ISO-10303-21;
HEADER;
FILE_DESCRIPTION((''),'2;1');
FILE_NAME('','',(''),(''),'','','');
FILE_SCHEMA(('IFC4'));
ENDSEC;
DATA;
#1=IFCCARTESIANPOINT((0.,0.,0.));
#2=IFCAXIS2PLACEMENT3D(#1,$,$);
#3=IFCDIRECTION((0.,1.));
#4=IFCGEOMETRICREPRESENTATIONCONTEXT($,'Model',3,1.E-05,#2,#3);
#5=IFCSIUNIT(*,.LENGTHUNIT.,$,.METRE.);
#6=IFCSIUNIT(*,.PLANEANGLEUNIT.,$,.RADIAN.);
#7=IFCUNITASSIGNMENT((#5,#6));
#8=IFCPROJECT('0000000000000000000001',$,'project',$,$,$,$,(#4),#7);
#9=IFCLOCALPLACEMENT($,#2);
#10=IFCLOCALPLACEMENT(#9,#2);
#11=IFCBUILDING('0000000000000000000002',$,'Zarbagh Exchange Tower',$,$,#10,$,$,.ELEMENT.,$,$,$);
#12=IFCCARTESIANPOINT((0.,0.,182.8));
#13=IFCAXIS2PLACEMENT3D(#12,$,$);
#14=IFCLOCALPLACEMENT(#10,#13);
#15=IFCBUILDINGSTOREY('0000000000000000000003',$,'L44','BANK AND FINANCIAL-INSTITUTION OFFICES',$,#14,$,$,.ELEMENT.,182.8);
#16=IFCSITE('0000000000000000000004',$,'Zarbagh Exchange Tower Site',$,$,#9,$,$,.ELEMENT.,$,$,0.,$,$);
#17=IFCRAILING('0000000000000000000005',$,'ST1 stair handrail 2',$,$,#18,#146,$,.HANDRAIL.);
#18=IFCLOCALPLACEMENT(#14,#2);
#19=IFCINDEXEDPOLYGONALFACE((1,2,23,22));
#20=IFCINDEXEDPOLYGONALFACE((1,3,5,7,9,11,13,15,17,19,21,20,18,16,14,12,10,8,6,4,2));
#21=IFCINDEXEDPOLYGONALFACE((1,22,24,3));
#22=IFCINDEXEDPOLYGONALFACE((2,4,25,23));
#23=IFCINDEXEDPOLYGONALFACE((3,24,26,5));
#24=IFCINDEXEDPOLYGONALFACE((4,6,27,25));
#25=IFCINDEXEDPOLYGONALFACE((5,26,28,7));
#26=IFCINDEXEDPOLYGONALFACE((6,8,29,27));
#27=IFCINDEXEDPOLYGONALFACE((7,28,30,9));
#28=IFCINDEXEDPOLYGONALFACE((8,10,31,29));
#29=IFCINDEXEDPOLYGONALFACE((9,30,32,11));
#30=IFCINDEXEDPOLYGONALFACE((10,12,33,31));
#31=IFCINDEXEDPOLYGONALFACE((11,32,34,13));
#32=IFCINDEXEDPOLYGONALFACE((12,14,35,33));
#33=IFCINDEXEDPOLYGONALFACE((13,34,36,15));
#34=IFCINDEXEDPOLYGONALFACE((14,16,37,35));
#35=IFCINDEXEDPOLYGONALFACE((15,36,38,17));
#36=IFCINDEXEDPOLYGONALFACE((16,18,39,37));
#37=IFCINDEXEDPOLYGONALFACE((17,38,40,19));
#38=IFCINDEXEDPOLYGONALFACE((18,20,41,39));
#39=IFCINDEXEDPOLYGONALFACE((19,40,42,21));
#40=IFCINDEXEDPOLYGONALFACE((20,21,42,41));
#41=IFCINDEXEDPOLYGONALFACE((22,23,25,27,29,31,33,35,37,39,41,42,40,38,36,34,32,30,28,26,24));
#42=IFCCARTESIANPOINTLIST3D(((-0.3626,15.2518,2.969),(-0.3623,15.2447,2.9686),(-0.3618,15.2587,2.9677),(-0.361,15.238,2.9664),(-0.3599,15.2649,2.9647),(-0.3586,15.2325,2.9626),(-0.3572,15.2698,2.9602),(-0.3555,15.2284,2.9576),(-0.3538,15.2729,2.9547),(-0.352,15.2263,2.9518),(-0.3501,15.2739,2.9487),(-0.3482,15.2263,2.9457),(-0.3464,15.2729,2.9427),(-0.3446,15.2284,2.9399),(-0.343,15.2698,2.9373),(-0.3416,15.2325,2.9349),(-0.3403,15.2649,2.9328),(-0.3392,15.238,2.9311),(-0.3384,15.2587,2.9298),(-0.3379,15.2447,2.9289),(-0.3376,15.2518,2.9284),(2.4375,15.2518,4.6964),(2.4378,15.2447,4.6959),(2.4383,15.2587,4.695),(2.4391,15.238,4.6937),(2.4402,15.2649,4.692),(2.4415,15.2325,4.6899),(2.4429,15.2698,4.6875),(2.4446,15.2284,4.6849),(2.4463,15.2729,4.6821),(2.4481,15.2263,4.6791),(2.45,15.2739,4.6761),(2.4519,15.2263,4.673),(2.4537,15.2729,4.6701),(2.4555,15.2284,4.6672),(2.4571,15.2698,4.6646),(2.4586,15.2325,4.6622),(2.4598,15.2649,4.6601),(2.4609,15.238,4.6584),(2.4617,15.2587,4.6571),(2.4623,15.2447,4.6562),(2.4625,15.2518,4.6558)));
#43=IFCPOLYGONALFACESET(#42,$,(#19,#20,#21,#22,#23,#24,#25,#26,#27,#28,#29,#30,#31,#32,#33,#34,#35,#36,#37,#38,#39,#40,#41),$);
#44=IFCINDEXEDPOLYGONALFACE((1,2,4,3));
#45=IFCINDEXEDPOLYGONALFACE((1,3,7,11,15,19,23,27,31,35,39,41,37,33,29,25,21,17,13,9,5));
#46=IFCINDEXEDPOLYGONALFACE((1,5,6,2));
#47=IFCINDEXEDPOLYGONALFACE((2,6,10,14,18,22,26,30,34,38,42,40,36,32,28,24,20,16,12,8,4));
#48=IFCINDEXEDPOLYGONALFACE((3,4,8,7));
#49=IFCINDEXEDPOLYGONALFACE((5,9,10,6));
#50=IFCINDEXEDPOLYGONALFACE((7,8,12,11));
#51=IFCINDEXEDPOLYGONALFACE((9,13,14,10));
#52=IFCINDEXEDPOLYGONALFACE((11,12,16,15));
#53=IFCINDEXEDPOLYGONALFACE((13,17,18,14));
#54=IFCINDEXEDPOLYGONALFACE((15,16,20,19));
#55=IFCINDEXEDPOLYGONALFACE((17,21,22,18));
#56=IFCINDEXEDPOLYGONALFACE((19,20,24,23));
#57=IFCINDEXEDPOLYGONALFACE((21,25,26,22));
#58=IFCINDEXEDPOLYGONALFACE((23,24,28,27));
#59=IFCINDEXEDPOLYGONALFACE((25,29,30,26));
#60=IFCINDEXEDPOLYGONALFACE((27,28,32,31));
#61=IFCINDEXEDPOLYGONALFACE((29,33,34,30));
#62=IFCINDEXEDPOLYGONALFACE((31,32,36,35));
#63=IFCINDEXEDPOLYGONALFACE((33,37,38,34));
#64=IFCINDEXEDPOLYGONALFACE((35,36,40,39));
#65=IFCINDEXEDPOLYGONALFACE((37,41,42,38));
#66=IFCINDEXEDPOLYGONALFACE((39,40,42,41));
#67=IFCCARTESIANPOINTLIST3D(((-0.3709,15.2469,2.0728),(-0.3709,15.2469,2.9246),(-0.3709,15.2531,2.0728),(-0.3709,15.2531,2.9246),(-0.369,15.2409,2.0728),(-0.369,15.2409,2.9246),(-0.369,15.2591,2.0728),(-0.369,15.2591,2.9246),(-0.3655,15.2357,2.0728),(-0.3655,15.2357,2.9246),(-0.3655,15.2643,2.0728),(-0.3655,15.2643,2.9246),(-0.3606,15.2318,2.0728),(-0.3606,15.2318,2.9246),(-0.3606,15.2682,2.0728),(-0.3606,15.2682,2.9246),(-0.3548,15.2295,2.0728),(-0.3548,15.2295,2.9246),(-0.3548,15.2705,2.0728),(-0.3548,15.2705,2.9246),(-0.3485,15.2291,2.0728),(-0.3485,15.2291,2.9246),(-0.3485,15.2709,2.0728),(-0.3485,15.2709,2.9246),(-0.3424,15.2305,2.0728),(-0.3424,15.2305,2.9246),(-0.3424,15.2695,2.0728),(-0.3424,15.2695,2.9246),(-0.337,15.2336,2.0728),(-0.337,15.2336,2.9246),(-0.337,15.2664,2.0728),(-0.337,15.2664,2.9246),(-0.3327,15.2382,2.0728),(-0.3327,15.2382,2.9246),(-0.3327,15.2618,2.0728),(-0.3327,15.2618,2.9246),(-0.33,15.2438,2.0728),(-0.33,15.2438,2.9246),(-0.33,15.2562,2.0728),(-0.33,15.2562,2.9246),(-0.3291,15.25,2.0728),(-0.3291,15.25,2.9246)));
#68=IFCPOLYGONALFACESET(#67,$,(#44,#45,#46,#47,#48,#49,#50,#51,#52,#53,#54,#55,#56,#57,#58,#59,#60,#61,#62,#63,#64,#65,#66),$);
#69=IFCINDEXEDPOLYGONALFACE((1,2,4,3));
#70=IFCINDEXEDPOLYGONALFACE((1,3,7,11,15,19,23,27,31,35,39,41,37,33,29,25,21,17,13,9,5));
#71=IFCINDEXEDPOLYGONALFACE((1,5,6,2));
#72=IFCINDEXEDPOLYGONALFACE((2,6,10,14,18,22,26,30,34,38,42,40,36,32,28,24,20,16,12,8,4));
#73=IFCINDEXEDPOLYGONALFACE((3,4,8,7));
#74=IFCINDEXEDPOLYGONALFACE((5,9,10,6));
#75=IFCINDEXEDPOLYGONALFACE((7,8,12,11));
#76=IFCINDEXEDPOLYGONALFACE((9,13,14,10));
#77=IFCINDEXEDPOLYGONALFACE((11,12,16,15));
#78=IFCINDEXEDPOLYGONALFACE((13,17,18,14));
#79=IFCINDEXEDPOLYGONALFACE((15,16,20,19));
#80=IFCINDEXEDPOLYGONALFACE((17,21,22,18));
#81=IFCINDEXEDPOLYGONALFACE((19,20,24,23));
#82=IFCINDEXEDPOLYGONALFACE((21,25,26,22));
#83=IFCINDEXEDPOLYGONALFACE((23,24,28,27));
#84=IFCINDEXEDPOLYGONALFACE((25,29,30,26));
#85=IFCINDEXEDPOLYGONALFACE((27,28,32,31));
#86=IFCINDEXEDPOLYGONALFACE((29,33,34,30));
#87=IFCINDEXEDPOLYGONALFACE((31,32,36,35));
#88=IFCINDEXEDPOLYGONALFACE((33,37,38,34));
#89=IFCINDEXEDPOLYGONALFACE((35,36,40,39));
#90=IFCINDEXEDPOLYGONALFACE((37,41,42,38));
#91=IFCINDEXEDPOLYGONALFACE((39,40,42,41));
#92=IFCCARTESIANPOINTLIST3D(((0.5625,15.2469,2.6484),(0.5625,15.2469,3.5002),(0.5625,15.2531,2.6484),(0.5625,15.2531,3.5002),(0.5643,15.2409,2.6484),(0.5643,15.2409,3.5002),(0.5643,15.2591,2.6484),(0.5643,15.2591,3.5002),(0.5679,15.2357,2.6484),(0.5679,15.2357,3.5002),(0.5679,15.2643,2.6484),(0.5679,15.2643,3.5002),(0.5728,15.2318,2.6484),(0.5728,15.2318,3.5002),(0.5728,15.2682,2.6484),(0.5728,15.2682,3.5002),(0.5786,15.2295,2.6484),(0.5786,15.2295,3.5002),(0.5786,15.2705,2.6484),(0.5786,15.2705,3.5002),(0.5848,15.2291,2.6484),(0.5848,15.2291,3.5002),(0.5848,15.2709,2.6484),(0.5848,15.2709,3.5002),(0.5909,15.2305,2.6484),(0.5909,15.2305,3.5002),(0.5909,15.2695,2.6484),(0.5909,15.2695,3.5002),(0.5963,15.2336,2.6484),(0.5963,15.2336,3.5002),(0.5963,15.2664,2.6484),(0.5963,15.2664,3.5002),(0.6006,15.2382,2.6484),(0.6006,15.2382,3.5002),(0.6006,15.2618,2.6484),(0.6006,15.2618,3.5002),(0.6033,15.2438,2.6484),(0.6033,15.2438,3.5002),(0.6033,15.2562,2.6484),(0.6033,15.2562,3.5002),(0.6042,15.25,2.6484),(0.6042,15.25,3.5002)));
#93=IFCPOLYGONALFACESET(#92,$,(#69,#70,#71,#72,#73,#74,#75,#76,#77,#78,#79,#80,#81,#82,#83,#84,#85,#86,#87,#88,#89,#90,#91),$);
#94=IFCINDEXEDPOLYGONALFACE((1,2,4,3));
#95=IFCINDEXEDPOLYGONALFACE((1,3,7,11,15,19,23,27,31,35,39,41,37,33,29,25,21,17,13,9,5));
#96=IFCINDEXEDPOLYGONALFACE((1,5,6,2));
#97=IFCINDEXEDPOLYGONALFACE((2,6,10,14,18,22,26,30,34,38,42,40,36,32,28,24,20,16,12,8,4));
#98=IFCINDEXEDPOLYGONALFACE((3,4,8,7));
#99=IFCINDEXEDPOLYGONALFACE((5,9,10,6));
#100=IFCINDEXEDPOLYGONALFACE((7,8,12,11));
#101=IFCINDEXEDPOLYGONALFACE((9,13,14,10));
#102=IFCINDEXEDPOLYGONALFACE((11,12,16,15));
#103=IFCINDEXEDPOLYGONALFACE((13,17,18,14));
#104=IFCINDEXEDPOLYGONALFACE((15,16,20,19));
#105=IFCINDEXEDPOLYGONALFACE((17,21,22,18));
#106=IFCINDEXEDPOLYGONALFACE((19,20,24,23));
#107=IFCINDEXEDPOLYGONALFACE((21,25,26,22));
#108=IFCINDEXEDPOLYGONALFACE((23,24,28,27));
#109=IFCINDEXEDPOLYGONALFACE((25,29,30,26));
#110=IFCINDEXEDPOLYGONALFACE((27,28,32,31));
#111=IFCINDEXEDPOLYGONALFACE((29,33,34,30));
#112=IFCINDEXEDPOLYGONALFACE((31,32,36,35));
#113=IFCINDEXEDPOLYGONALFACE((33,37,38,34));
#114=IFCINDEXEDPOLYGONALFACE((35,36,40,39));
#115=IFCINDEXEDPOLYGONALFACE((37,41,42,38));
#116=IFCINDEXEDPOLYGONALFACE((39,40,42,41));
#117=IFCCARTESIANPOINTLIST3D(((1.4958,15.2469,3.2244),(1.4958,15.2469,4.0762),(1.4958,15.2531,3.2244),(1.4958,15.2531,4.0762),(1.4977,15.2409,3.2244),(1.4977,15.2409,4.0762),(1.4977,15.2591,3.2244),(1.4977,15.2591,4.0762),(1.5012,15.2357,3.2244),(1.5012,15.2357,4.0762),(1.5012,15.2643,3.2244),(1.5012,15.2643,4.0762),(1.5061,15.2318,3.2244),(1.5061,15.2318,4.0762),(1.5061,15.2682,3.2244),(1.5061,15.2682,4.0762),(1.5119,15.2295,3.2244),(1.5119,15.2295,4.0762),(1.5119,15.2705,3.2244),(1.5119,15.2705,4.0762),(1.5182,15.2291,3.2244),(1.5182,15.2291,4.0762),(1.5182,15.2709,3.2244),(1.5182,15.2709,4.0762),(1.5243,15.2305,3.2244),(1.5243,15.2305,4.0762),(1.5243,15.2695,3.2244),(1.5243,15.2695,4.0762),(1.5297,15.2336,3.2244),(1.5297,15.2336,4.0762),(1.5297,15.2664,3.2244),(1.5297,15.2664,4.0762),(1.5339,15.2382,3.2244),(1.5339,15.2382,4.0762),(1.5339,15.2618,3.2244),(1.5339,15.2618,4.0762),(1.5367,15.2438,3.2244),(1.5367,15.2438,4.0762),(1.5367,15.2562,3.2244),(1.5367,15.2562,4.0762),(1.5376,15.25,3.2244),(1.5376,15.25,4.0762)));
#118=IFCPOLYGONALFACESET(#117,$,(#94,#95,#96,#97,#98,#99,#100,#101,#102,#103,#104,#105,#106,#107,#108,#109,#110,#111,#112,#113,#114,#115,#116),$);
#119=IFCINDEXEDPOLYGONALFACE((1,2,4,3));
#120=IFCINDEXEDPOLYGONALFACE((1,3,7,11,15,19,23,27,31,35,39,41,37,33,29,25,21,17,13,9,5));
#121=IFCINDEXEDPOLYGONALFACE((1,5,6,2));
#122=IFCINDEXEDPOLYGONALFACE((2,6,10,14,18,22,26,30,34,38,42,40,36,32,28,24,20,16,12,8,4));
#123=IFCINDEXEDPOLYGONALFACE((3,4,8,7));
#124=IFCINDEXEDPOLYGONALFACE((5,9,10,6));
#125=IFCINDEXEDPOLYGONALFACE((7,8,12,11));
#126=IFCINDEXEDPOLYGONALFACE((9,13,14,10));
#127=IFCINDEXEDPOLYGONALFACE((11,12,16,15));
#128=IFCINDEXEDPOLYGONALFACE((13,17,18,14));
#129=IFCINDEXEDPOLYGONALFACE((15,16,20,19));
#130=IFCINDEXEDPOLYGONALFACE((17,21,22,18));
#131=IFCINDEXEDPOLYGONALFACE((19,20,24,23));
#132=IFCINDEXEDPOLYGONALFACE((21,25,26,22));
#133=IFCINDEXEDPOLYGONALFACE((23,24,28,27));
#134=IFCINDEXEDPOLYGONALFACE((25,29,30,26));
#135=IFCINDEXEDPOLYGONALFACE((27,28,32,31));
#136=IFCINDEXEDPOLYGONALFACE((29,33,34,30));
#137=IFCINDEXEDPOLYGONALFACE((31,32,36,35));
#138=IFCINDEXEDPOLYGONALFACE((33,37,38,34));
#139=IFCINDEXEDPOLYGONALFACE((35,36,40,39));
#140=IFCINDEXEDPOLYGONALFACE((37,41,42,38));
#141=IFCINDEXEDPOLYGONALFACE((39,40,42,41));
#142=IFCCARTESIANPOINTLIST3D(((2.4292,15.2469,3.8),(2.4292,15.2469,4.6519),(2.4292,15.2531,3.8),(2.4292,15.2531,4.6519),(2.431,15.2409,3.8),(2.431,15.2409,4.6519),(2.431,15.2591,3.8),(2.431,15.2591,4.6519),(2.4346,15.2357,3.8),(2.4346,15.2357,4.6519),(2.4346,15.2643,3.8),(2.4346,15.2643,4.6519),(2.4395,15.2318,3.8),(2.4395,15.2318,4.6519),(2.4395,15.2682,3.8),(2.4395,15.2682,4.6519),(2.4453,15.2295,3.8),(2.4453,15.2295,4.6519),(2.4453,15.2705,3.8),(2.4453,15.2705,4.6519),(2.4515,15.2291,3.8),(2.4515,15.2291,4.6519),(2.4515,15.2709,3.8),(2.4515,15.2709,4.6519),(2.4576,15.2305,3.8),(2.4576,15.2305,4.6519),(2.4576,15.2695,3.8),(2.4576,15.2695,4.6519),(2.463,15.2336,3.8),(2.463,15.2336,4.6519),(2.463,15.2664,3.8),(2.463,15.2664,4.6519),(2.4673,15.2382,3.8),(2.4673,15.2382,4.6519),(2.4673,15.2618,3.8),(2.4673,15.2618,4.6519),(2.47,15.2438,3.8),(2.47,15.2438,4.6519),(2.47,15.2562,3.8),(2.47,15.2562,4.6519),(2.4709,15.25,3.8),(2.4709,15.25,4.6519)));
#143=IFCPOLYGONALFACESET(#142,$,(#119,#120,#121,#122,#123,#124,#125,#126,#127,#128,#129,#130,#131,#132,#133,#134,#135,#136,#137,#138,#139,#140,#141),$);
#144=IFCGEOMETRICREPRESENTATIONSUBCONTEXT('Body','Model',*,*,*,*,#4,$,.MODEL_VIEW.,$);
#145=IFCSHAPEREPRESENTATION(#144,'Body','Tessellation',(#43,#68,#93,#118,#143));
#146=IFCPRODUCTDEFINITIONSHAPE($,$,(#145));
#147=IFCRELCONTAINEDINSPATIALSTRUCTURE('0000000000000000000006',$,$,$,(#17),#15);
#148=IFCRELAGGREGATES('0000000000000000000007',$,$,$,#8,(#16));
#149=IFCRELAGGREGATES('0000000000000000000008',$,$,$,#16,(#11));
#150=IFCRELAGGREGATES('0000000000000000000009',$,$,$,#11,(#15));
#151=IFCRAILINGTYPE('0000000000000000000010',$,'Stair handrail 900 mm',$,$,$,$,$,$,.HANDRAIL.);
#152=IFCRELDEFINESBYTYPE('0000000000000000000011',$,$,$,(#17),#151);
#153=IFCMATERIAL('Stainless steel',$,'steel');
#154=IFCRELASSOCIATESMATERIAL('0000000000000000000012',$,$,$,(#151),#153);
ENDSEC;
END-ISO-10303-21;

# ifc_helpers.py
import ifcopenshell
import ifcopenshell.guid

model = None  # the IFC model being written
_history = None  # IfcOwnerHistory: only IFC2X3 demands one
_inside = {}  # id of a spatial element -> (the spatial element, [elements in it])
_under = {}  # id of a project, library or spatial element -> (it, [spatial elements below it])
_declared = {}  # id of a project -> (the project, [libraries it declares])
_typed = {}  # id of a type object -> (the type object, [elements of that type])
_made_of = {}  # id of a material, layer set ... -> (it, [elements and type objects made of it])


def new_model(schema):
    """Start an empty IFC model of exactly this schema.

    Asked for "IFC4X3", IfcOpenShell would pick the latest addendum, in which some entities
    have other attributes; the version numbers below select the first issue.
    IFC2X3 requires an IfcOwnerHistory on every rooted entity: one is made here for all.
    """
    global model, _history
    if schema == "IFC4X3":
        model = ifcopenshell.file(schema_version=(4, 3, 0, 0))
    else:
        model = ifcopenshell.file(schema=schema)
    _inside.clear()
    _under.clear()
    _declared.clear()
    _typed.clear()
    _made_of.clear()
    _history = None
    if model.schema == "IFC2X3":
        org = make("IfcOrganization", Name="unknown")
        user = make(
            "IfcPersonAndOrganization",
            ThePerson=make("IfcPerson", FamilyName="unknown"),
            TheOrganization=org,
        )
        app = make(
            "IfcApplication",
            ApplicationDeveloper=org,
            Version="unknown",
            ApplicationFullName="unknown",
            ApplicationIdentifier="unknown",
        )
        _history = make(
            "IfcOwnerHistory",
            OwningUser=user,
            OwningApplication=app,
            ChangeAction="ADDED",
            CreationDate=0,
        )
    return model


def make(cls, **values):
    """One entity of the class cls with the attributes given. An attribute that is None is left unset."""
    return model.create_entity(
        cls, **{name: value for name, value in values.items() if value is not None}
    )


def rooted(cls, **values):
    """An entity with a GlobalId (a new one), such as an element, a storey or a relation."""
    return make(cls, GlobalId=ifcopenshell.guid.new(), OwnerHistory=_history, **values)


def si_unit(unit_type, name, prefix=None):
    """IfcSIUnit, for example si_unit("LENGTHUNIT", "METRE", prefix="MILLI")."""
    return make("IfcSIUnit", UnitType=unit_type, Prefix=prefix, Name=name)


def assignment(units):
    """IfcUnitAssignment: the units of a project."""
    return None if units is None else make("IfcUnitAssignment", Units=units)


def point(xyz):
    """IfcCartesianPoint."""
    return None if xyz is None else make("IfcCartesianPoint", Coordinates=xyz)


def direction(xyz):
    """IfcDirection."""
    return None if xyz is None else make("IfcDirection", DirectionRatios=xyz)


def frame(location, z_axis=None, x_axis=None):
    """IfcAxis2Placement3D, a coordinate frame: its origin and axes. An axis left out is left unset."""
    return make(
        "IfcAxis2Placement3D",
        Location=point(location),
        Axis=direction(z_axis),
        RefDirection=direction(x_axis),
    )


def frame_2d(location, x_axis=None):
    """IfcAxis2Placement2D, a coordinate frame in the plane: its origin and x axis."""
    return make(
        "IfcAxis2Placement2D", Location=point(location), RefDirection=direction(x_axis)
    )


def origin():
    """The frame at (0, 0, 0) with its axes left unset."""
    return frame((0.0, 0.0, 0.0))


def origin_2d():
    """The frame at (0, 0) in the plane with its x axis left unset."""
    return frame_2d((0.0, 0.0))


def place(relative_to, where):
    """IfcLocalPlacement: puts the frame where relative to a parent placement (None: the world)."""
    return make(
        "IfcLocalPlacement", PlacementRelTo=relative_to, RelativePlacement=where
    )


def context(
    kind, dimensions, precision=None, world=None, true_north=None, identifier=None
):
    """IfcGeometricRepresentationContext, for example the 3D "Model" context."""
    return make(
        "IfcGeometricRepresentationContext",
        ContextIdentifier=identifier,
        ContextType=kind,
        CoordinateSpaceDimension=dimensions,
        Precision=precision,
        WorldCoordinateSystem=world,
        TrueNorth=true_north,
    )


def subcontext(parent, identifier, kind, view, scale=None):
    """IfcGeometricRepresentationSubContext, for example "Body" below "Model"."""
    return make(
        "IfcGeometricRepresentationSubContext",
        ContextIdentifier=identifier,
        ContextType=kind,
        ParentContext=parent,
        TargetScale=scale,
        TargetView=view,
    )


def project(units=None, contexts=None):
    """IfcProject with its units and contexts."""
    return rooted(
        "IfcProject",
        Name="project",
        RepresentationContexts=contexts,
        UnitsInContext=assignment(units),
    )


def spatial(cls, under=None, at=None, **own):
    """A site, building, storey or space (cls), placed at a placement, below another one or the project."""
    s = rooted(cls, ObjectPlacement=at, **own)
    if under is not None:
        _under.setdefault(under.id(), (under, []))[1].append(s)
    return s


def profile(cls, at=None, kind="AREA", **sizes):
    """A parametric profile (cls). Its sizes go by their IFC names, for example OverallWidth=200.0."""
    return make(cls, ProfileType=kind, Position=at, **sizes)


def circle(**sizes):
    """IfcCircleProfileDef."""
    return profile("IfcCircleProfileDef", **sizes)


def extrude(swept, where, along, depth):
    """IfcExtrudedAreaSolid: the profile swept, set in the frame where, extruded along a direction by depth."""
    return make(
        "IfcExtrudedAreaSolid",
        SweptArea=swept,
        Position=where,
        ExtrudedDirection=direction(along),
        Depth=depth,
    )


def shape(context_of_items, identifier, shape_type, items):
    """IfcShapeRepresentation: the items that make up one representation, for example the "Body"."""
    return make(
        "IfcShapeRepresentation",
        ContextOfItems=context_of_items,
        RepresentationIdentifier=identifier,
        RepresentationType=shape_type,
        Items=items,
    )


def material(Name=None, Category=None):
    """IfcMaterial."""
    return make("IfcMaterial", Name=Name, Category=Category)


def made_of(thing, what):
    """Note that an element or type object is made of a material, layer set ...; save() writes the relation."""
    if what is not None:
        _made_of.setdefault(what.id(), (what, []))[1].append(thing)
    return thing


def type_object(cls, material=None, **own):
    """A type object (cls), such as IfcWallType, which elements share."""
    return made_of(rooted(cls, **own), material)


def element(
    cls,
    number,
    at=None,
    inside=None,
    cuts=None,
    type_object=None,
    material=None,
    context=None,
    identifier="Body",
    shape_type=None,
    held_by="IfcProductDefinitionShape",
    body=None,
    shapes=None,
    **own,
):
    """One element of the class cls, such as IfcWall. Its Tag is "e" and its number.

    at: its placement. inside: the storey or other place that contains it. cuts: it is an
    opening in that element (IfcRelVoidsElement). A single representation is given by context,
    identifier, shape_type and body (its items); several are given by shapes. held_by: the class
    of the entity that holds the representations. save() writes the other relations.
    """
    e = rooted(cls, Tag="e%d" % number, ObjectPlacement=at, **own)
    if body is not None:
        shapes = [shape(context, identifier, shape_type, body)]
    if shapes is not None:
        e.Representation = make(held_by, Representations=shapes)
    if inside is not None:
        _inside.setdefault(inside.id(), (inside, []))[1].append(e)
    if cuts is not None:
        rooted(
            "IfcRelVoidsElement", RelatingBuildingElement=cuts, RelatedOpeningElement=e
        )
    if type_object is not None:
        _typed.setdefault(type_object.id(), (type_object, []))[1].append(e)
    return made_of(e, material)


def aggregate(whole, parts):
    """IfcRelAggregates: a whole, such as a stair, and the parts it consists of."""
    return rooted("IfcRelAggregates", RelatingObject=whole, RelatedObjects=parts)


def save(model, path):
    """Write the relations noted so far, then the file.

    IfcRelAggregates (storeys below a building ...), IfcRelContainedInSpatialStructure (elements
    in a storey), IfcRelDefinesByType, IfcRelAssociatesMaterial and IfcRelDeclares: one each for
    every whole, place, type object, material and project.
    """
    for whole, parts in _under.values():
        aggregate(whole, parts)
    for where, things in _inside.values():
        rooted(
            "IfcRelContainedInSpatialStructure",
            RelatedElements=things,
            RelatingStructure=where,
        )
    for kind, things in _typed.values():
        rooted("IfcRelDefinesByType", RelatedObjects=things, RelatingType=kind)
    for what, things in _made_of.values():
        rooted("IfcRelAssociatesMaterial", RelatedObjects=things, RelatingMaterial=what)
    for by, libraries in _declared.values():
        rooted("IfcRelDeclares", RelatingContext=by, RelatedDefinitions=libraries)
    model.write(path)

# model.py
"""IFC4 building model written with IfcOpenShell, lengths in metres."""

from ifc_helpers import new_model, si_unit, direction, frame, origin, origin_2d, place, context, subcontext, project, spatial, circle, extrude, material, type_object, element, save


model = new_model("IFC4")

# Units and contexts
model_context = context("Model", 3, precision=1e-05, world=origin(), true_north=direction((0.0, 1.0)))
body_context = subcontext(model_context, "Body", "Model", "MODEL_VIEW")
ifc_project = project(units=[si_unit("LENGTHUNIT", "METRE"), si_unit("PLANEANGLEUNIT", "RADIAN")], contexts=[model_context])

# Site, building, storey
site_placement = place(None, origin())
site = spatial("IfcSite", under=ifc_project, at=site_placement, Name="Zarbagh Exchange Tower Site", CompositionType="ELEMENT", RefElevation=0.0)
building_placement = place(site_placement, origin())
building = spatial("IfcBuilding", under=site, at=building_placement, Name="Zarbagh Exchange Tower", CompositionType="ELEMENT")
storey_placement = place(building_placement, frame((0.0, 0.0, 182.8)))
storey = spatial("IfcBuildingStorey", under=building, at=storey_placement, Name="L44", Description="BANK AND FINANCIAL-INSTITUTION OFFICES", CompositionType="ELEMENT", Elevation=182.8)

# Railing
ifc_material_1 = material(Name="Stainless steel", Category="steel")
railing_type_1 = type_object("IfcRailingType", Name="Stair handrail 900 mm", PredefinedType="HANDRAIL", material=ifc_material_1)
railing_1_placement = place(storey_placement, frame((-0.3501, 15.25, 2.0728)))
element("IfcRailing", 1, at=railing_1_placement, inside=storey, type_object=railing_type_1, Name="ST1 stair handrail 2", PredefinedType="HANDRAIL", context=body_context, shape_type="SweptSolid", body=[
    extrude(circle(Radius=0.0239, at=origin_2d()), frame((0.0, 0.0, 0.876), z_axis=(0.85109, 0.0, 0.52502), x_axis=(0.0, 1.0, 0.0)), (0.0, 0.0, 1.0), 3.29),
    extrude(circle(Radius=0.021, at=origin_2d()), origin(), (0.0, 0.0, 1.0), 0.8518),
    extrude(circle(Radius=0.021, at=origin_2d()), frame((0.9333, 0.0, 0.5757)), (0.0, 0.0, 1.0), 0.8518),
    extrude(circle(Radius=0.021, at=origin_2d()), frame((1.8667, 0.0, 1.1516)), (0.0, 0.0, 1.0), 0.8518),
    extrude(circle(Radius=0.021, at=origin_2d()), frame((2.8, 0.0, 1.7273)), (0.0, 0.0, 1.0), 0.8518),
])

save(model, "model.ifc")
